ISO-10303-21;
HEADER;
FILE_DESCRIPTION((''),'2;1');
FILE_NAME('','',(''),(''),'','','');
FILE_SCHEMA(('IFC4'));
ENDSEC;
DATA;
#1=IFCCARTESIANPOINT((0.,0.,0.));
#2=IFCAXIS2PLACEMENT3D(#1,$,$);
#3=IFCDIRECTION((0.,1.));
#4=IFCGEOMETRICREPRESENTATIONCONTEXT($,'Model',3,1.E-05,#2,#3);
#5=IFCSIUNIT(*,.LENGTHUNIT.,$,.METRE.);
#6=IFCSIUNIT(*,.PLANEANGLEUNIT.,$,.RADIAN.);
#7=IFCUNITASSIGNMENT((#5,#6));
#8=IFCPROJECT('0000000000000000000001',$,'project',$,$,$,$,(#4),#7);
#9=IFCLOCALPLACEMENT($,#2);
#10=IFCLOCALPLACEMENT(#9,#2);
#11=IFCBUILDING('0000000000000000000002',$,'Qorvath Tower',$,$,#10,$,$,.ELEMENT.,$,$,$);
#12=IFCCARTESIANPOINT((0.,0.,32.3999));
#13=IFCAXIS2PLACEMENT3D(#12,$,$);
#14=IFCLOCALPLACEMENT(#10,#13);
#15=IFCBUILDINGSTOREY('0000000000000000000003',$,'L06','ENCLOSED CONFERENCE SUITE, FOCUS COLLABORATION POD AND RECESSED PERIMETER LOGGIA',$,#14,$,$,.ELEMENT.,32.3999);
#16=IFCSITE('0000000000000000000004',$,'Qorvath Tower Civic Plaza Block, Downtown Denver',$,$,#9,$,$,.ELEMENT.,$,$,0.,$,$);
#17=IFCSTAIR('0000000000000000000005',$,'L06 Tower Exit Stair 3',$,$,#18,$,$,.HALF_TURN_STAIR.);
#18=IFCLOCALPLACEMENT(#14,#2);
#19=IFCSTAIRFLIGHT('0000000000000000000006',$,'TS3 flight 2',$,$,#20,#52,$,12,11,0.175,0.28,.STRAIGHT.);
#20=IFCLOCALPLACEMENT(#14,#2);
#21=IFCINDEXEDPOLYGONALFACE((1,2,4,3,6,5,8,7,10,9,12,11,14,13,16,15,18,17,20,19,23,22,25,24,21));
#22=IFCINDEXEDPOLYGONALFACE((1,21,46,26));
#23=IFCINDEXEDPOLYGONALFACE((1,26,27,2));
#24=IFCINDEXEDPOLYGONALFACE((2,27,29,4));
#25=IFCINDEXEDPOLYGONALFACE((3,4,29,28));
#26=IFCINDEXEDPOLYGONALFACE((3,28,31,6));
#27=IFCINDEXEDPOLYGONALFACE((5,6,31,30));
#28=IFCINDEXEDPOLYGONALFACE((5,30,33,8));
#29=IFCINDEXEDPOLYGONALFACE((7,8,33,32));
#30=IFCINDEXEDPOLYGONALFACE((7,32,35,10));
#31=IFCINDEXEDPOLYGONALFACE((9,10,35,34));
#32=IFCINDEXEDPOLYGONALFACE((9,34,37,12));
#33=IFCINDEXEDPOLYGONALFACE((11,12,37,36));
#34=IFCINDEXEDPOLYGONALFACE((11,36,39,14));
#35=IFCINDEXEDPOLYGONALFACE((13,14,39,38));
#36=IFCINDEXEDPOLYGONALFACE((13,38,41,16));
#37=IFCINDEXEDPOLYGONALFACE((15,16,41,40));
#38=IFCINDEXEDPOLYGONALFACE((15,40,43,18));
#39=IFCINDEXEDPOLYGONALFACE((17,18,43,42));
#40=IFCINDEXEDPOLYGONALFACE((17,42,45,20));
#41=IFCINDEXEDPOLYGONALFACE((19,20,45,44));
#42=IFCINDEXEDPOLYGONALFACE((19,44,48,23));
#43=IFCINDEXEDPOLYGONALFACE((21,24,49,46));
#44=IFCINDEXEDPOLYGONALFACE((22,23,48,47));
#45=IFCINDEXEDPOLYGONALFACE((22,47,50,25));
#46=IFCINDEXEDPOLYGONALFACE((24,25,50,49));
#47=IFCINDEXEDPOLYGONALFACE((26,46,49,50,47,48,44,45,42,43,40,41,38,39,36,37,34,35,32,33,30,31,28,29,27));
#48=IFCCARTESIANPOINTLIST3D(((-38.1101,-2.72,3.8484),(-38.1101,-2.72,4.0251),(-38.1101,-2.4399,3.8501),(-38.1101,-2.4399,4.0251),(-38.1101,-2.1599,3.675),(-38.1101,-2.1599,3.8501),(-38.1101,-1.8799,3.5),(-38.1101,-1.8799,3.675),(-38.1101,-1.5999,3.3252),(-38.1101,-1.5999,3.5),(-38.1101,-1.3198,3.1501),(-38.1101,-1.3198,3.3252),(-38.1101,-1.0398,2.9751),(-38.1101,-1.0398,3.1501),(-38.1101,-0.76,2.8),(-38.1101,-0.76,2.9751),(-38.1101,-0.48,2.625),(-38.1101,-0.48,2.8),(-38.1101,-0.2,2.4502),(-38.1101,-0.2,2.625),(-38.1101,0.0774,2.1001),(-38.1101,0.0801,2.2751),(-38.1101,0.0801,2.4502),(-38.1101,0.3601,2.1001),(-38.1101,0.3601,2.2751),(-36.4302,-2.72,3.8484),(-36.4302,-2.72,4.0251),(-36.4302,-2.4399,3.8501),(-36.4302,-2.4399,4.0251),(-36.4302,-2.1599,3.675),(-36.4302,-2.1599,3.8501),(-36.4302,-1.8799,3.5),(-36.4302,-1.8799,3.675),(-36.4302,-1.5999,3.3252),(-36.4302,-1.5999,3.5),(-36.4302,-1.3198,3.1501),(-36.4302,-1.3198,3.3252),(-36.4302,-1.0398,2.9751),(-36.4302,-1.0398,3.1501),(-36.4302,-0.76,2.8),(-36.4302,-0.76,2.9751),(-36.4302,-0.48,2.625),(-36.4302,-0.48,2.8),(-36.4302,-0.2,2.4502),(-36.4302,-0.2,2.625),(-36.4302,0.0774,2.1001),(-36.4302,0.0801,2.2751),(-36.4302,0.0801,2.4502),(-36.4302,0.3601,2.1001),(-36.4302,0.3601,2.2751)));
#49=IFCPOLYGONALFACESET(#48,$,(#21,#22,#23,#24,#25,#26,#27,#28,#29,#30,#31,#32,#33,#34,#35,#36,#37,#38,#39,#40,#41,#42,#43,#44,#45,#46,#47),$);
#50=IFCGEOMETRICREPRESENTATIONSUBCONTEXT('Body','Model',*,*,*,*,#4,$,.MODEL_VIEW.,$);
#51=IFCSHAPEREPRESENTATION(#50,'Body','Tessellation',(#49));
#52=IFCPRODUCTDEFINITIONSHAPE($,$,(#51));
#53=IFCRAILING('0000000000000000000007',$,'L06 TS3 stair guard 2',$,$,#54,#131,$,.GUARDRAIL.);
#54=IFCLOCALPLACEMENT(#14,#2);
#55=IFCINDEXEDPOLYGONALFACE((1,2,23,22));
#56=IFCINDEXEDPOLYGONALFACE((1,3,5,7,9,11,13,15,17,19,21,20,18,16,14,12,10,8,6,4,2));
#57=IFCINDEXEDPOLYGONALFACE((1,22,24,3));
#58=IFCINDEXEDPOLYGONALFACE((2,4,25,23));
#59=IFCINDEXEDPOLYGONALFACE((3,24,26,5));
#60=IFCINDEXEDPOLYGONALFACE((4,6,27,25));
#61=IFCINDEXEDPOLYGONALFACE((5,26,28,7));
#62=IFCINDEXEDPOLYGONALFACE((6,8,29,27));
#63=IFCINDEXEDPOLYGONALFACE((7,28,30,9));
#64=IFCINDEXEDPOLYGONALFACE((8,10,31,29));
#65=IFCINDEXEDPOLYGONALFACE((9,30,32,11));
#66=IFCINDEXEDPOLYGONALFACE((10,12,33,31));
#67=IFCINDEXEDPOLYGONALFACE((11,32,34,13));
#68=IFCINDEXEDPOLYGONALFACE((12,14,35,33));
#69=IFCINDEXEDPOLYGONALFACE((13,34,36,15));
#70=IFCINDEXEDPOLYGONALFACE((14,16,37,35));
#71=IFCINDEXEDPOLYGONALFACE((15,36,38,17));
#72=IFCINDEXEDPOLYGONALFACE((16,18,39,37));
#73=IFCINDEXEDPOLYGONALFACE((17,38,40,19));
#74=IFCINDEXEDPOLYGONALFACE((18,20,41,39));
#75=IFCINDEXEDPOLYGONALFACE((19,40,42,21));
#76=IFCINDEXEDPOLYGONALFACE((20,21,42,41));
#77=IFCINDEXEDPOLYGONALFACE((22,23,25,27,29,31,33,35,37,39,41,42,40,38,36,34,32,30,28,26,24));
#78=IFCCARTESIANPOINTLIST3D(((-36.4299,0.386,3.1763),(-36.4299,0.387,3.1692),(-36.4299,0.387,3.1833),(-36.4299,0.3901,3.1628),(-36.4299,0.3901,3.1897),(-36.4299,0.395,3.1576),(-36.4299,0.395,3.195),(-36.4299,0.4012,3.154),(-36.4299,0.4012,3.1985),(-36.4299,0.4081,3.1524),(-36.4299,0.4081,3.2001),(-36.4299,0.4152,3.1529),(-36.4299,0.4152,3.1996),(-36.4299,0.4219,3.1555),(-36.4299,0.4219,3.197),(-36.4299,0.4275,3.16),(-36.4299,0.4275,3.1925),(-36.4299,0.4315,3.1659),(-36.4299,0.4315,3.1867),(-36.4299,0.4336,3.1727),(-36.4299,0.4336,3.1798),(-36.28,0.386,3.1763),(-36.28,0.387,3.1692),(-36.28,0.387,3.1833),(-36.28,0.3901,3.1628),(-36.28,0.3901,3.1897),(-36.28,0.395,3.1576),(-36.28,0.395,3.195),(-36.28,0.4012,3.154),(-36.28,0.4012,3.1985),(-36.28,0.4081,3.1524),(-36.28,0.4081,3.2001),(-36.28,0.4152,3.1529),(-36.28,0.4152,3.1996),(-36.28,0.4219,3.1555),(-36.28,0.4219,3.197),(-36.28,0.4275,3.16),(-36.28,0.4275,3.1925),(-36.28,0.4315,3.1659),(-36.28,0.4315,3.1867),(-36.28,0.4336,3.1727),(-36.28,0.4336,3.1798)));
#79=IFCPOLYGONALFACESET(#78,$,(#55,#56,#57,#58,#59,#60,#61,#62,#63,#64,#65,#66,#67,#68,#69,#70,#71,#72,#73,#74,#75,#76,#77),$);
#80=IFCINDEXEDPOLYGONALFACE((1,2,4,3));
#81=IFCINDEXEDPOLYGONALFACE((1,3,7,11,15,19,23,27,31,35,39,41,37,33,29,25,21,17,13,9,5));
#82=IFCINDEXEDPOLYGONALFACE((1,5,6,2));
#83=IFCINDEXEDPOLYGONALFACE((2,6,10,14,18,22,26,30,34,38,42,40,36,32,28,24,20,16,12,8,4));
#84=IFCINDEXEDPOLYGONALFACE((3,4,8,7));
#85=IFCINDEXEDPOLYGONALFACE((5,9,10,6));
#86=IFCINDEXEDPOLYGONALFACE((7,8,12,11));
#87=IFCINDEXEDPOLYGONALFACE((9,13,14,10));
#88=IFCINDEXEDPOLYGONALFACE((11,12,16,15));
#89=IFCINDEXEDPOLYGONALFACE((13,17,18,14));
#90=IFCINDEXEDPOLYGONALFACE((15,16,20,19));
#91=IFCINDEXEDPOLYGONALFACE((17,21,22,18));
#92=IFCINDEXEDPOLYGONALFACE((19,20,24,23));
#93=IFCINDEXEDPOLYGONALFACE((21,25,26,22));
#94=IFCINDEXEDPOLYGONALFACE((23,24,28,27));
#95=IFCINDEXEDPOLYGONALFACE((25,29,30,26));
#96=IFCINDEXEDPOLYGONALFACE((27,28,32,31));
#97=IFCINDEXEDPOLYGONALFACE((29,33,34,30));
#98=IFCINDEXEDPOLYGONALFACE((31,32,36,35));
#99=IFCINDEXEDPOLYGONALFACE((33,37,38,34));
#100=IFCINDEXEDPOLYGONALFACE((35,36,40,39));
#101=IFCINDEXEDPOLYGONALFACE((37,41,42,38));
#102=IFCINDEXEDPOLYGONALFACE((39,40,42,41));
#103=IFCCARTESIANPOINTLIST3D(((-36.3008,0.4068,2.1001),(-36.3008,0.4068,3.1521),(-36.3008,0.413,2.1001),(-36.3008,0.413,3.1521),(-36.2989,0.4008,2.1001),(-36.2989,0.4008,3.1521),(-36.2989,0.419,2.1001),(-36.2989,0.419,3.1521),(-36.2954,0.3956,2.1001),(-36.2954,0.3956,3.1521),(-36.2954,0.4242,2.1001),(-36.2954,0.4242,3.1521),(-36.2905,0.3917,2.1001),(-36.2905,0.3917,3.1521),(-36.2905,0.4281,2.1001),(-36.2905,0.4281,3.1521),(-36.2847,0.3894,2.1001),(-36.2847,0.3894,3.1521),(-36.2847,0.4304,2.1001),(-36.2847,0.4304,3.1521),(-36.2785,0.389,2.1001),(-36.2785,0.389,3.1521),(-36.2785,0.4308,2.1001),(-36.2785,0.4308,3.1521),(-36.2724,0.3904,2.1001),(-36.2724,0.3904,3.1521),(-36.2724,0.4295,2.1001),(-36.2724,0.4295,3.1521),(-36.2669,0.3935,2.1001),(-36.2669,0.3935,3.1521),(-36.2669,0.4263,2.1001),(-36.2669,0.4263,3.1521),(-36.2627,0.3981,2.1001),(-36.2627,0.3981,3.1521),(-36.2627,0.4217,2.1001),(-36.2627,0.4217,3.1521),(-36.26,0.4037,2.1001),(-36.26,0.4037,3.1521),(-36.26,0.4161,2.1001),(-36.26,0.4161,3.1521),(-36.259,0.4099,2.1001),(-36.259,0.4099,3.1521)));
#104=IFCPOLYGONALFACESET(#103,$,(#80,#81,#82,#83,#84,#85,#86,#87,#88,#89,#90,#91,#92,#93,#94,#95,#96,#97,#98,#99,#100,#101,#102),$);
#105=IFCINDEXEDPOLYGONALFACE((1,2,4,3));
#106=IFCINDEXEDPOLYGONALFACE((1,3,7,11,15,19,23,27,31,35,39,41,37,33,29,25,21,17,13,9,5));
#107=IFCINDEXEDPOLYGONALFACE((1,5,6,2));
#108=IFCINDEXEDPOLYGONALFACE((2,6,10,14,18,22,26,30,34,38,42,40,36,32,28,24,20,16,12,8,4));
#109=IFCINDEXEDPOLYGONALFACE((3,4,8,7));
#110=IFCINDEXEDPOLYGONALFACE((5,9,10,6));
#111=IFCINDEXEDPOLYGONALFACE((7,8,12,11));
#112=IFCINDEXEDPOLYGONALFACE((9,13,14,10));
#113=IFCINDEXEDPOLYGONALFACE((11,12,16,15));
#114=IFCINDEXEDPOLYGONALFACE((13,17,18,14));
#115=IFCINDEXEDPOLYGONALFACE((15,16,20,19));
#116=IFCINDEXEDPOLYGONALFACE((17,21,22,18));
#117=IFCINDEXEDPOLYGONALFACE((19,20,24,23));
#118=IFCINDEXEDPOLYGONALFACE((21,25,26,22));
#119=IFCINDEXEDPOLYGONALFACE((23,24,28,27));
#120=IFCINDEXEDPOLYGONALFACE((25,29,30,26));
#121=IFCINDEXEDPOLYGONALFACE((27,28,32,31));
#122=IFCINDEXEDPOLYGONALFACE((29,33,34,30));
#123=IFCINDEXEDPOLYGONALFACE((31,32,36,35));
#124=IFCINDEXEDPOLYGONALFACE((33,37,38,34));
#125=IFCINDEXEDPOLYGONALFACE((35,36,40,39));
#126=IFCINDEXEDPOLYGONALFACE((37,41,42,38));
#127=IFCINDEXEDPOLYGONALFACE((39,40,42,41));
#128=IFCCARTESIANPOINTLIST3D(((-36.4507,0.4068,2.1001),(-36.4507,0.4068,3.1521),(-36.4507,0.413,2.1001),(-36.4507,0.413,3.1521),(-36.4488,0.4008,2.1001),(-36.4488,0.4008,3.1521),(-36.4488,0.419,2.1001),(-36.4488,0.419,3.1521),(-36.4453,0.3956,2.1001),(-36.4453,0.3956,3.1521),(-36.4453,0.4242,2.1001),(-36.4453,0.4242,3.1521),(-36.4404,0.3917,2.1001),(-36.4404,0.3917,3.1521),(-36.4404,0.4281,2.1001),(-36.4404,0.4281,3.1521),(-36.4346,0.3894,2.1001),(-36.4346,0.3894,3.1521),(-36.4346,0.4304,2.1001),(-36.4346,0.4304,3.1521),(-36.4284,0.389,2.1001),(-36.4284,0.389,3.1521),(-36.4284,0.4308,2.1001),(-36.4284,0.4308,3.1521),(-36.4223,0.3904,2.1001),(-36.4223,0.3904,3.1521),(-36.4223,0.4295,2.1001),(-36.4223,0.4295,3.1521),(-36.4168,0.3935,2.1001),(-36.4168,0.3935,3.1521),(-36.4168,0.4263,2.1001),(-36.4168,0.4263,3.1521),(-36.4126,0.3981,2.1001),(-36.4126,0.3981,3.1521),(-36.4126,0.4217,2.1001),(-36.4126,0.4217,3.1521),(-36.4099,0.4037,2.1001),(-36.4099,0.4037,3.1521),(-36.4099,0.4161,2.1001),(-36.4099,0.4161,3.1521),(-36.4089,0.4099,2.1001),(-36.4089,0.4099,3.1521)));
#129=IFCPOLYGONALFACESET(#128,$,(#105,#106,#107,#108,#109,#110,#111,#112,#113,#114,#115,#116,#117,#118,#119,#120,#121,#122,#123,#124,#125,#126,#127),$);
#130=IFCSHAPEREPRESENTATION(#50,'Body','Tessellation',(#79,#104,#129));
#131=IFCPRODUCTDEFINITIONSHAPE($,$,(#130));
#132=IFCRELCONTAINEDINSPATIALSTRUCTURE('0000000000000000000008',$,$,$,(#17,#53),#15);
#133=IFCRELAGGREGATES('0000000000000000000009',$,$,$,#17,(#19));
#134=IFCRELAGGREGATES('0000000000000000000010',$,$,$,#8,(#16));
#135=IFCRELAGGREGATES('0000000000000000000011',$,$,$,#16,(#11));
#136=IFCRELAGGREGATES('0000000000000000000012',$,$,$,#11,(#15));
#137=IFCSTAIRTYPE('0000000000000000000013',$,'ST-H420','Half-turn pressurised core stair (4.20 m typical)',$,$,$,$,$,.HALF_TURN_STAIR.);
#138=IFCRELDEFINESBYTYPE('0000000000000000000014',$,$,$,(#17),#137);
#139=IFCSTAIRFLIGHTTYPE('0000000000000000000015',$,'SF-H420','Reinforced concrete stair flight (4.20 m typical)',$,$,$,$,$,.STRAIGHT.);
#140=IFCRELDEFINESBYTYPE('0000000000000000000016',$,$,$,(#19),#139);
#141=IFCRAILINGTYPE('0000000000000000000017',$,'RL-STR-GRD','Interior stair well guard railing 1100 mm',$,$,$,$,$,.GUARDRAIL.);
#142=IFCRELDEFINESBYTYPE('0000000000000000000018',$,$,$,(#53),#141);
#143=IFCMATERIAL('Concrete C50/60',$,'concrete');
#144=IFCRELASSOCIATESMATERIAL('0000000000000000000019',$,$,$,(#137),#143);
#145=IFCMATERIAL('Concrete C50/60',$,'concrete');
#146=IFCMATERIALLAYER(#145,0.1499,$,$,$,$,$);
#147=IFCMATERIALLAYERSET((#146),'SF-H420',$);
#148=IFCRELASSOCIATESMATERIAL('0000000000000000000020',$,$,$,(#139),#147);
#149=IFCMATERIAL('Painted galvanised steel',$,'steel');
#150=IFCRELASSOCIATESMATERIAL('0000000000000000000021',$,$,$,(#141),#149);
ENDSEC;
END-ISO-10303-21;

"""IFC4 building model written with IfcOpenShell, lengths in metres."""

from ifc_helpers import new_model, si_unit, direction, frame, origin, origin_2d, place, context, subcontext, project, spatial, polyline, circle, outline, extrude, material, layer, layer_set, type_object, element, aggregate, save


model = new_model("IFC4")

# Units and contexts
model_context = context("Model", 3, precision=1e-05, world=origin(), true_north=direction((0.0, 1.0)))
body_context = subcontext(model_context, "Body", "Model", "MODEL_VIEW")
ifc_project = project(units=[si_unit("LENGTHUNIT", "METRE"), si_unit("PLANEANGLEUNIT", "RADIAN")], contexts=[model_context])

# Site, building, storey
site_placement = place(None, origin())
site = spatial("IfcSite", under=ifc_project, at=site_placement, Name="Qorvath Tower Civic Plaza Block, Downtown Denver", CompositionType="ELEMENT", RefElevation=0.0)
building_placement = place(site_placement, origin())
building = spatial("IfcBuilding", under=site, at=building_placement, Name="Qorvath Tower", CompositionType="ELEMENT")
storey_placement = place(building_placement, frame((0.0, 0.0, 32.3999)))
storey = spatial("IfcBuildingStorey", under=building, at=storey_placement, Name="L06", Description="ENCLOSED CONFERENCE SUITE, FOCUS COLLABORATION POD AND RECESSED PERIMETER LOGGIA", CompositionType="ELEMENT", Elevation=32.3999)

# Stair, stair flight
ifc_material_1 = material(Name="Concrete C50/60", Category="concrete")
stair_type = type_object("IfcStairType", Name="ST-H420", Description="Half-turn pressurised core stair (4.20 m typical)", PredefinedType="HALF_TURN_STAIR", material=ifc_material_1)
stair_placement = place(storey_placement, origin())
stair = element("IfcStair", 1, at=stair_placement, inside=storey, type_object=stair_type, Name="L06 Tower Exit Stair 3", PredefinedType="HALF_TURN_STAIR")
ifc_material_2 = material(Name="Concrete C50/60", Category="concrete")
ifc_layer_1 = layer(ifc_material_2, 0.1499)
ifc_layer_set_1 = layer_set([ifc_layer_1], Name="SF-H420")
stair_flight_type = type_object("IfcStairFlightType", Name="SF-H420", Description="Reinforced concrete stair flight (4.20 m typical)", PredefinedType="STRAIGHT", material=ifc_layer_set_1)
stair_flight_placement = place(storey_placement, frame((-37.27, 0.3601, 2.1001), z_axis=(0.0, 0.0, 1.0), x_axis=(0.0, -1.0, 0.0)))
stair_flight = element("IfcStairFlight", 2, at=stair_flight_placement, type_object=stair_flight_type, Name="TS3 flight 2", NumberOfRisers=12, NumberOfTreads=11, PredefinedType="STRAIGHT", RiserHeight=0.175, TreadLength=0.28, context=body_context, shape_type="SweptSolid", body=[
    extrude(outline(polyline([(0.0, 0.0), (0.0, 0.175), (0.28, 0.175), (0.28, 0.3501), (0.5601, 0.3501), (0.5601, 0.5249), (0.8401, 0.5249), (0.8401, 0.7), (1.1201, 0.7), (1.1201, 0.875), (1.3999, 0.875), (1.3999, 1.05), (1.6799, 1.05), (1.6799, 1.2251), (1.96, 1.2251), (1.96, 1.3999), (2.24, 1.3999), (2.24, 1.575), (2.52, 1.575), (2.52, 1.75), (2.8, 1.75), (2.8, 1.925), (3.0801, 1.925), (3.0801, 2.1001), (3.0801, 1.7483), (0.2827, 0.0), (0.0, 0.0)])), frame((0.0, 0.8398, 0.0), z_axis=(0.0, -1.0, 0.0), x_axis=(1.0, 0.0, 0.0)), (0.0, 0.0, 1.0), 1.6799),
])
aggregate(stair, [stair_flight])

# Railing
ifc_material_3 = material(Name="Painted galvanised steel", Category="steel")
railing_type_1 = type_object("IfcRailingType", Name="RL-STR-GRD", Description="Interior stair well guard railing 1100 mm", PredefinedType="GUARDRAIL", material=ifc_material_3)
railing_1_placement = place(storey_placement, frame((-36.28, 0.4099, 2.1001)))
element("IfcRailing", 3, at=railing_1_placement, inside=storey, type_object=railing_type_1, Name="L06 TS3 stair guard 2", PredefinedType="GUARDRAIL", context=body_context, shape_type="SweptSolid", body=[
    extrude(circle(Radius=0.0239, at=origin_2d()), frame((0.0, 0.0, 1.0762), z_axis=(-1.0, 0.0, 0.0), x_axis=(0.0, -1.0, 0.0)), (0.0, 0.0, 1.0), 0.1499),
    extrude(circle(Radius=0.021, at=origin_2d()), origin(), (0.0, 0.0, 1.0), 1.052),
    extrude(circle(Radius=0.021, at=origin_2d()), frame((-0.1499, 0.0, 0.0)), (0.0, 0.0, 1.0), 1.052),
])

save(model, "model.ifc")
